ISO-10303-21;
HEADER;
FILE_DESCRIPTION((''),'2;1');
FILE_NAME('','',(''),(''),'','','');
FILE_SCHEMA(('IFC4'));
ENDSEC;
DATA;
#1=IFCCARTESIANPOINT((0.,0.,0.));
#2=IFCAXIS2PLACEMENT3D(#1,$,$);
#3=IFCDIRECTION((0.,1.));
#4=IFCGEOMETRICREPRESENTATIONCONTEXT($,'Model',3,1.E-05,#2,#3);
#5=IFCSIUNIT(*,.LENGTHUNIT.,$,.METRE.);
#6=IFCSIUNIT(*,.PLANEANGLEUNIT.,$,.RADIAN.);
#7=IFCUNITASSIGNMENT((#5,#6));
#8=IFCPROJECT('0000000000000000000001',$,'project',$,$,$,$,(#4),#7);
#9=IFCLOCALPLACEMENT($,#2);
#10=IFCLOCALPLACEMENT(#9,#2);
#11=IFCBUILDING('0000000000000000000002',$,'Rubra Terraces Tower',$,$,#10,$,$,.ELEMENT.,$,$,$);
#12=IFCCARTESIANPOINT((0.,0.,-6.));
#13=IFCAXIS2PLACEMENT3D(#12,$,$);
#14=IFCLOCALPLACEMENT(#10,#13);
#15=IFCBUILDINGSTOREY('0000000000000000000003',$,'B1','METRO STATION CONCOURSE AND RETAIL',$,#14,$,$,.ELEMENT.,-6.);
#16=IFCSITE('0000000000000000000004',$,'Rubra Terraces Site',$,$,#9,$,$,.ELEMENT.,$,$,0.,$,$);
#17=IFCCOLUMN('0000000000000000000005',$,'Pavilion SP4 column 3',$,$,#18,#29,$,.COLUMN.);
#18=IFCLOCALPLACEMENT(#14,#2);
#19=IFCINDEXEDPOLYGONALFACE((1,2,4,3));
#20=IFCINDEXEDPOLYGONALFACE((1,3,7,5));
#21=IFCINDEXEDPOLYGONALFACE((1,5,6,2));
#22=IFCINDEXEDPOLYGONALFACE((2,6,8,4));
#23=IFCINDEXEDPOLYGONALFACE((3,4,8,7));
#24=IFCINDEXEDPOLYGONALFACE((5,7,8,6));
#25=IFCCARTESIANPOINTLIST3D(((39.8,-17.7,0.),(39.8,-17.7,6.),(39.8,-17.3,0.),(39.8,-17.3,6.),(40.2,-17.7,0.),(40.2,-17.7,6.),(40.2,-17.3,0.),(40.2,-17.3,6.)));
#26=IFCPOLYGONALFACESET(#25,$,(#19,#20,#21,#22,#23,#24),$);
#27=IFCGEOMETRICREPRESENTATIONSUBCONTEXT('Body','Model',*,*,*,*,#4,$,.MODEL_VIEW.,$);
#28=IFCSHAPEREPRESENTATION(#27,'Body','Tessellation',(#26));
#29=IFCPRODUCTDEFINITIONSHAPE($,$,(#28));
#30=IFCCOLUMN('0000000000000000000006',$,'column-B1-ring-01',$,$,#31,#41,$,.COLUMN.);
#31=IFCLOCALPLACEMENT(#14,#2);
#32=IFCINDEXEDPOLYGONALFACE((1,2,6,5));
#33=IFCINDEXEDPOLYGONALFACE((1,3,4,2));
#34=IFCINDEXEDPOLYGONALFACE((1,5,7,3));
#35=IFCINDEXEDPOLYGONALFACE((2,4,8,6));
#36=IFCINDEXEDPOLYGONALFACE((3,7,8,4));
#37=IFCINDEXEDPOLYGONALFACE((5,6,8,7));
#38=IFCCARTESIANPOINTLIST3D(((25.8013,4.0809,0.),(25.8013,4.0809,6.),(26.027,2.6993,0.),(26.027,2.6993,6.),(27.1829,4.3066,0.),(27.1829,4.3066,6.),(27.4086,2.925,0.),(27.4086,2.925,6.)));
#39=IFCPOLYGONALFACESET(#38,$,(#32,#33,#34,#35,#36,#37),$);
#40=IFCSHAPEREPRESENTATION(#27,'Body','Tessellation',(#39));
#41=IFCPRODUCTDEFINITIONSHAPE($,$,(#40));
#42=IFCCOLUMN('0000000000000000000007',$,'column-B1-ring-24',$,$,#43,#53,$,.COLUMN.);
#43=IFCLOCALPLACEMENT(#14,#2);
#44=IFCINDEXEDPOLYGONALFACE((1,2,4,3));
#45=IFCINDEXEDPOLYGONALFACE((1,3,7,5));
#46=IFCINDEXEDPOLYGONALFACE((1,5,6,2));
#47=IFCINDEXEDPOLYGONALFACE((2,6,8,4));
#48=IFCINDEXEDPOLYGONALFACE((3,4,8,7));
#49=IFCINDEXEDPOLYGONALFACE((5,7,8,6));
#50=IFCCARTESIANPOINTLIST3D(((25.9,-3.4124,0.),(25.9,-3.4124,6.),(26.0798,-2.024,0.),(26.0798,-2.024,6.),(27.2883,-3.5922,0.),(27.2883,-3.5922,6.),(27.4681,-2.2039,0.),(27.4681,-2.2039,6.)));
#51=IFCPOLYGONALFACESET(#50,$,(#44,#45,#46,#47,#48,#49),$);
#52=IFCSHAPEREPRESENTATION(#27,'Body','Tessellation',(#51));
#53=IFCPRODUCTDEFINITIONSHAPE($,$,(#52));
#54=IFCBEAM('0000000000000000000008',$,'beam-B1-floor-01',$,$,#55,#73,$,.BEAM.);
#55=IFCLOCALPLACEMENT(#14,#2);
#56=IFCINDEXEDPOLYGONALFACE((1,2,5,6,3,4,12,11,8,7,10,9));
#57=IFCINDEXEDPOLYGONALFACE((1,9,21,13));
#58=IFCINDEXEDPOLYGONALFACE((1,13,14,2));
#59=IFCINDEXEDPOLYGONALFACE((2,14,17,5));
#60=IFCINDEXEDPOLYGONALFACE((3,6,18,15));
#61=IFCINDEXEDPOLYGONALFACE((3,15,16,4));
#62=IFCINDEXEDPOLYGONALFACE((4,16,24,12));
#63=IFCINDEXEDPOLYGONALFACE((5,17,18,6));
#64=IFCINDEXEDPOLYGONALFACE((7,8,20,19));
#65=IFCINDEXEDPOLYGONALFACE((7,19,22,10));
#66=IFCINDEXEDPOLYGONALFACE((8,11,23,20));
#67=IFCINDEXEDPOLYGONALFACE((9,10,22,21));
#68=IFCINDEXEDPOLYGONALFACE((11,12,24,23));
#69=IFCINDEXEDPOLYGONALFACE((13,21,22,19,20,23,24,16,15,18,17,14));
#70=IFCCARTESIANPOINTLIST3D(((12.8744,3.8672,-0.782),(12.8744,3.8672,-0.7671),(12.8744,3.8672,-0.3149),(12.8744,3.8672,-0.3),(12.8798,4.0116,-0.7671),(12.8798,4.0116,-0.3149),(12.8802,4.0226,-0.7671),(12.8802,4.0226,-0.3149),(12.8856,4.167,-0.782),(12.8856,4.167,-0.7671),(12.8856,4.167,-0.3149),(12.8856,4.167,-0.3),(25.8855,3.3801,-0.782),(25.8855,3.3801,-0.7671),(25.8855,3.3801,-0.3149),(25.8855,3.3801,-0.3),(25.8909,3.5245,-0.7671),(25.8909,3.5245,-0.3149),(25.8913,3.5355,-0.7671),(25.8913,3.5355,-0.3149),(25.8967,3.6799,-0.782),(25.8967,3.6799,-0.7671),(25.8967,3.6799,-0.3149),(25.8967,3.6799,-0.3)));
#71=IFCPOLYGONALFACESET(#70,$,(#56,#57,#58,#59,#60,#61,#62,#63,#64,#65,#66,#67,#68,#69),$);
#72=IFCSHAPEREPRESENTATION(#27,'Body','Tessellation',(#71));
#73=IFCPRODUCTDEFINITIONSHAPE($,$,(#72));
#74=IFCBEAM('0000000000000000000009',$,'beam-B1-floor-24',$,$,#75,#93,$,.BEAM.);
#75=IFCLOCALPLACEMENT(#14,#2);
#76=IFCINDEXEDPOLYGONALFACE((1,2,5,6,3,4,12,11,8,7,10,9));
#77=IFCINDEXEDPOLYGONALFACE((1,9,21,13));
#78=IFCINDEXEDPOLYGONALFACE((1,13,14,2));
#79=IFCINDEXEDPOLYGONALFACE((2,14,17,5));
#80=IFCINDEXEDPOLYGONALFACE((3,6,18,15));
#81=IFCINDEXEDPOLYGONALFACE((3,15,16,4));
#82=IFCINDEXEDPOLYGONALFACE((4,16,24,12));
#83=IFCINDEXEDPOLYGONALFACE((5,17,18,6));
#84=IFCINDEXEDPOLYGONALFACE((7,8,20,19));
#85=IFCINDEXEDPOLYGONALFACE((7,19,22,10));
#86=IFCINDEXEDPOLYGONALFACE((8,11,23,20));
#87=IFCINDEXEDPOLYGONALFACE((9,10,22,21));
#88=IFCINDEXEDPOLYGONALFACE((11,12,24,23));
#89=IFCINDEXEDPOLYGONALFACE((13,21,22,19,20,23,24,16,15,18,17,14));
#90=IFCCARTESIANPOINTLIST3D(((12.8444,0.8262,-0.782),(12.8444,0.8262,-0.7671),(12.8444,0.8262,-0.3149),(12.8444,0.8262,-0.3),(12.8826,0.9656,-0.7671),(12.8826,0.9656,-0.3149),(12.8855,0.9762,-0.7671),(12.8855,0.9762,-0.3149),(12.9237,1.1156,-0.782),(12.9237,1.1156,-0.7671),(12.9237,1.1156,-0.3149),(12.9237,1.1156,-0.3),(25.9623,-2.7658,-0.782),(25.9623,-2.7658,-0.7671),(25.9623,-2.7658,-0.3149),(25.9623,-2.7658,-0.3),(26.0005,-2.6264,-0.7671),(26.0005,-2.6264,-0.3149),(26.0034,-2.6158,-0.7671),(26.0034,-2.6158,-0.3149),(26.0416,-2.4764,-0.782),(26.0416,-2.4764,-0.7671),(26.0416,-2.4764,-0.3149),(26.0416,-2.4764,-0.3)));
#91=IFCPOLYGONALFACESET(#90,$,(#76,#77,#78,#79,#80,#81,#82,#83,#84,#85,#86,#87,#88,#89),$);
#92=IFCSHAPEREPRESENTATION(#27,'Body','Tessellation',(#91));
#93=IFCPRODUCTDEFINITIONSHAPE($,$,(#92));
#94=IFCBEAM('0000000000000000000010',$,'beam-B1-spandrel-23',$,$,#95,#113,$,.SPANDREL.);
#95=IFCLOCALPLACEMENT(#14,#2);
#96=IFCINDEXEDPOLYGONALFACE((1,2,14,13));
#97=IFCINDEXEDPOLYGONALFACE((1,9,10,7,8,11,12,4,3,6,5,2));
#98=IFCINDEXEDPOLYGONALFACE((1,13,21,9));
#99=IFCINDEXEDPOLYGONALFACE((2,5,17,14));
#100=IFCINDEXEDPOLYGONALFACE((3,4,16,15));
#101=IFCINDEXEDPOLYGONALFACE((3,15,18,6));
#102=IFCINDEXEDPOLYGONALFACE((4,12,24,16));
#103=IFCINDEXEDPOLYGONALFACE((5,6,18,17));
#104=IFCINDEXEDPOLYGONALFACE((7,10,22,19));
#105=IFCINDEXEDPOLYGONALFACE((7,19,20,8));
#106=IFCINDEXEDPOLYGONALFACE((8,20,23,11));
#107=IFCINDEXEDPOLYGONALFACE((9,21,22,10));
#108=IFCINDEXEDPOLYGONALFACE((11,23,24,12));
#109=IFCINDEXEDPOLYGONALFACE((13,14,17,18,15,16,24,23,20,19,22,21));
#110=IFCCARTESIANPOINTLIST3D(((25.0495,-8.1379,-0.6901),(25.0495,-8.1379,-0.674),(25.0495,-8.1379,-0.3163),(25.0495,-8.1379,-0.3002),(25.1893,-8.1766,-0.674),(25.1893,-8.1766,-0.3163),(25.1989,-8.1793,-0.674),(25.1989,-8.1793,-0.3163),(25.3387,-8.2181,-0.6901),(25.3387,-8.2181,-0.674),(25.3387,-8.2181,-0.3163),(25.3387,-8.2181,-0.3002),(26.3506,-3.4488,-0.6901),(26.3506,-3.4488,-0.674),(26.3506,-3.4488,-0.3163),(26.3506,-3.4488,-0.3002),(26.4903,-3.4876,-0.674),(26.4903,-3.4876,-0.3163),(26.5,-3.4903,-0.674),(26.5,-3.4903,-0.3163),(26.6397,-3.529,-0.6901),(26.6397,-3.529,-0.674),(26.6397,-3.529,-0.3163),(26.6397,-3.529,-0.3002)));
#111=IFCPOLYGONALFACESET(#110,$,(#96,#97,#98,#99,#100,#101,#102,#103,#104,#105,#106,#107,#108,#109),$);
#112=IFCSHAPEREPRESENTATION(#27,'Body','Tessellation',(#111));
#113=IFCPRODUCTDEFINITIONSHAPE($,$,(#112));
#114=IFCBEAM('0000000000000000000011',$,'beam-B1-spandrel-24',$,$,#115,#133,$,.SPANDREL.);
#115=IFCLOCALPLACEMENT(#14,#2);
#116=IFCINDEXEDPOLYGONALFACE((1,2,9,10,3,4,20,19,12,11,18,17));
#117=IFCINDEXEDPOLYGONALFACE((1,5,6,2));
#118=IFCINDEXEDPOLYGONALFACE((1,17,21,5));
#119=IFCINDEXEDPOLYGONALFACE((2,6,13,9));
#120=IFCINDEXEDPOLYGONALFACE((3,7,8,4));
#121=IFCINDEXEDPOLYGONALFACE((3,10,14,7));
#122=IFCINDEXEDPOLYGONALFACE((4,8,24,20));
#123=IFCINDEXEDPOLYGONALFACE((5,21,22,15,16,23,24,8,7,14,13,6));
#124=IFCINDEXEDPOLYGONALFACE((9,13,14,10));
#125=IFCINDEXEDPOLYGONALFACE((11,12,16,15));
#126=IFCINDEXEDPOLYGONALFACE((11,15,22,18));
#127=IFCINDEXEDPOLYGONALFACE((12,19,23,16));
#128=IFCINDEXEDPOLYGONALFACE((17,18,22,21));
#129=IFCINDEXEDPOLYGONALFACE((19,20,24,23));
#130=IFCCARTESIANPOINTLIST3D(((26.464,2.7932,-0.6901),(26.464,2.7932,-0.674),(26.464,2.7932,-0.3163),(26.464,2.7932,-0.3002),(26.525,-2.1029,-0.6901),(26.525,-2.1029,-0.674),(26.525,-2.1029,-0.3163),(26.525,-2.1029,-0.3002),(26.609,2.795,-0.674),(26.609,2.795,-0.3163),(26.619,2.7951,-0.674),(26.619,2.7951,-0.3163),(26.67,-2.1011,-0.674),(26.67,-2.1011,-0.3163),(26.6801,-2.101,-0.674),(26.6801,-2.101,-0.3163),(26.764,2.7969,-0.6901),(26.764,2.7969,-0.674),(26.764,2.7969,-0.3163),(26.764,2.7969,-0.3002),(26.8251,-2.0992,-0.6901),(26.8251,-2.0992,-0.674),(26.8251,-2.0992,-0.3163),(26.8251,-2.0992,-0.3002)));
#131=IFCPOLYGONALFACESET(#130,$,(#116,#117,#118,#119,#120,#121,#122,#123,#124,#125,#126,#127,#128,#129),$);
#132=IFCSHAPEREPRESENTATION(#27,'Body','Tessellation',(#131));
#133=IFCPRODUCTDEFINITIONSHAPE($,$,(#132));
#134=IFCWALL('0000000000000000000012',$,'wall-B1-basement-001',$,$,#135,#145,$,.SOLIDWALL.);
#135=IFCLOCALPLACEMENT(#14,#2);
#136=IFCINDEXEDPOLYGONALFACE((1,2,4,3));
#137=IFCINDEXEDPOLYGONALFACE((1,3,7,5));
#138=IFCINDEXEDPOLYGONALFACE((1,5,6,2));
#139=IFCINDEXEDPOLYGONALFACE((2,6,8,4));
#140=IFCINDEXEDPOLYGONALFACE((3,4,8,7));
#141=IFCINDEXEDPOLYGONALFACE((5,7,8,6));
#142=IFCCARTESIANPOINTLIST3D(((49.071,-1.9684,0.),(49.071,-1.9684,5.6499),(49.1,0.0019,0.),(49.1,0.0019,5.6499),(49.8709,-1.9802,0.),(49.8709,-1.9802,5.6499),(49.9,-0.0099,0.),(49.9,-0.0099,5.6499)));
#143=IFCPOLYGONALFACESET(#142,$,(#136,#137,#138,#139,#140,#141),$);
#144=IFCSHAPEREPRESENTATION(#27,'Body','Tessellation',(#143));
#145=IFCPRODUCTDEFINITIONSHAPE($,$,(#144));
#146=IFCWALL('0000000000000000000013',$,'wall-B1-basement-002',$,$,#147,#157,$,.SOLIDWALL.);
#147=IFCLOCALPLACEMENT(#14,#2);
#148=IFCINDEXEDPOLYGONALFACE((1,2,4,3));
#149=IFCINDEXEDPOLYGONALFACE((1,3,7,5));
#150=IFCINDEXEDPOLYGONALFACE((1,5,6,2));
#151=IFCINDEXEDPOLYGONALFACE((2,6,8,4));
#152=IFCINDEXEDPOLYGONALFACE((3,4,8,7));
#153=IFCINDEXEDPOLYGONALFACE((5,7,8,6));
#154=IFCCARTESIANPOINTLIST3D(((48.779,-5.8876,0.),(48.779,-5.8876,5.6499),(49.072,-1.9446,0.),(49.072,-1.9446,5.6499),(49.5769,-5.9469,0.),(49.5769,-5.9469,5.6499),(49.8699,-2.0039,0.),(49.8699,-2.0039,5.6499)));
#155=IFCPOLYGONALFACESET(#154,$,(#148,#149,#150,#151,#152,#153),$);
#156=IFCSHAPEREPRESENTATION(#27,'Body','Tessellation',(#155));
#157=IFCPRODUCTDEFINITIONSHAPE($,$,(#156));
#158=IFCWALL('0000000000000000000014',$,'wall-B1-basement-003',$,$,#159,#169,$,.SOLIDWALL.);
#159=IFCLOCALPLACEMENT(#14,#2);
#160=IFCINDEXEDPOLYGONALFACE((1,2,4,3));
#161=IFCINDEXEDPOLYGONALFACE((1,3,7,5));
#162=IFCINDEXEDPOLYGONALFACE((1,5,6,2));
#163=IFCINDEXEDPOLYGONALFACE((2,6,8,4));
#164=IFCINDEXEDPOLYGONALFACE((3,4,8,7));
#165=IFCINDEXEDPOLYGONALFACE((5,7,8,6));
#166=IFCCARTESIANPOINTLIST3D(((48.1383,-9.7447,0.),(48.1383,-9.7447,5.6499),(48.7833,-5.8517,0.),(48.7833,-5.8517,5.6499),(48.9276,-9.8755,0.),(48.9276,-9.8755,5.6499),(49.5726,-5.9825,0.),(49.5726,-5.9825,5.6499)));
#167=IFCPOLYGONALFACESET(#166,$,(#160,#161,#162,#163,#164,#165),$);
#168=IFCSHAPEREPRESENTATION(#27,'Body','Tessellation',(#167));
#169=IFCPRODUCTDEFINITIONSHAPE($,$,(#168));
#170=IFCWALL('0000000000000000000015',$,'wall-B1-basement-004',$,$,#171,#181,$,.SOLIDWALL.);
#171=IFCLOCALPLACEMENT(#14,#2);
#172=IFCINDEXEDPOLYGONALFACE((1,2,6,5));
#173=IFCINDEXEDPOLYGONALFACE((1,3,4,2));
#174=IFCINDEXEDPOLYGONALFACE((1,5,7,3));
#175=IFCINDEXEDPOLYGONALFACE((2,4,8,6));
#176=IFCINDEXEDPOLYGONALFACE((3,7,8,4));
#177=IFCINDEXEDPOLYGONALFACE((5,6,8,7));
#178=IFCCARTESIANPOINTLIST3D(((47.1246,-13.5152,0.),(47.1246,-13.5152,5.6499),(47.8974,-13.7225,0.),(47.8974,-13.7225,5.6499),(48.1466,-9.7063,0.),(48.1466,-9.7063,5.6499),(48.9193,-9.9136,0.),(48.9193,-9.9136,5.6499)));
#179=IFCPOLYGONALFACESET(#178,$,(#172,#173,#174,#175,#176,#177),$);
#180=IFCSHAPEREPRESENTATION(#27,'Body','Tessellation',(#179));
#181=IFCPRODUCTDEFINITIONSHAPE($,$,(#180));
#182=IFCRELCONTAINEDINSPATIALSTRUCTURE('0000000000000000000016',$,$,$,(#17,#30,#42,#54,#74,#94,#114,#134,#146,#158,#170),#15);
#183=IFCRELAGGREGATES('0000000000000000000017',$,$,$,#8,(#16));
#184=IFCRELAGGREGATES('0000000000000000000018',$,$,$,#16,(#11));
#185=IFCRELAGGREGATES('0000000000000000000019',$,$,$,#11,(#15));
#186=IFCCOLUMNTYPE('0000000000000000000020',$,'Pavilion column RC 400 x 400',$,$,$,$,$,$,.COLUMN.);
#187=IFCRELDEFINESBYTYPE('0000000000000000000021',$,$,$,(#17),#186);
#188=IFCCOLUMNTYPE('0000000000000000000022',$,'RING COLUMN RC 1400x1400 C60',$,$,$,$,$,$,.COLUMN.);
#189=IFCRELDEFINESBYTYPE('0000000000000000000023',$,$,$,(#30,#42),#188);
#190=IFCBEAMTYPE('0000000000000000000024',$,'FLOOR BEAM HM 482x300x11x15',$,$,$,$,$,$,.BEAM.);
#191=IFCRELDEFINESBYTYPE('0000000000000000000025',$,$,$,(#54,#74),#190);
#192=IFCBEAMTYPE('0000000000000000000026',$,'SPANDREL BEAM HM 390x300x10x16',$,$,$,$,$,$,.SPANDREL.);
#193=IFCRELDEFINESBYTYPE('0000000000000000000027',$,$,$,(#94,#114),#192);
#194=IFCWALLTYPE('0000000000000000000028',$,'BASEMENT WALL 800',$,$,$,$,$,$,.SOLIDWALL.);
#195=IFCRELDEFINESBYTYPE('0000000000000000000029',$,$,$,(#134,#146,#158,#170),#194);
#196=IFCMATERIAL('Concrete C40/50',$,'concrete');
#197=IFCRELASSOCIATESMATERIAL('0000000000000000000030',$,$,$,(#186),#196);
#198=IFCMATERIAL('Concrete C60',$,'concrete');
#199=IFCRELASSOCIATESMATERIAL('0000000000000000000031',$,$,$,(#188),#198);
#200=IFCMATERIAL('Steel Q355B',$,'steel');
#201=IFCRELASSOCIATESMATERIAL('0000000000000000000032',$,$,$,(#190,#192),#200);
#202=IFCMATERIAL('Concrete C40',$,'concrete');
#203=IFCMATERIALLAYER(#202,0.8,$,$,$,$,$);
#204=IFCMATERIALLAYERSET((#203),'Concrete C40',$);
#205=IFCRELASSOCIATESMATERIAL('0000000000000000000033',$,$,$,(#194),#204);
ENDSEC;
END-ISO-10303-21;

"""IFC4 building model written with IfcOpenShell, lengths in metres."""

from ifc_helpers import new_model, si_unit, direction, frame, frame_2d, origin, origin_2d, place, context, subcontext, project, spatial, rectangle, i_section, extrude, material, layer, layer_set, material_profile, profile_set, type_object, element, save


model = new_model("IFC4")

# Units and contexts
model_context = context("Model", 3, precision=1e-05, world=origin(), true_north=direction((0.0, 1.0)))
body_context = subcontext(model_context, "Body", "Model", "MODEL_VIEW")
ifc_project = project(units=[si_unit("LENGTHUNIT", "METRE"), si_unit("PLANEANGLEUNIT", "RADIAN")], contexts=[model_context])

# Site, building, storey
site_placement = place(None, origin())
site = spatial("IfcSite", under=ifc_project, at=site_placement, Name="Rubra Terraces Site", CompositionType="ELEMENT", RefElevation=0.0)
building_placement = place(site_placement, origin())
building = spatial("IfcBuilding", under=site, at=building_placement, Name="Rubra Terraces Tower", CompositionType="ELEMENT")
storey_placement = place(building_placement, frame((0.0, 0.0, -6.0)))
storey = spatial("IfcBuildingStorey", under=building, at=storey_placement, Name="B1", Description="METRO STATION CONCOURSE AND RETAIL", CompositionType="ELEMENT", Elevation=-6.0)

# Columns
ifc_material_1 = material(Name="Concrete C40/50", Category="concrete")
ifc_material_profile_1 = material_profile(ifc_material_1, rectangle(XDim=0.3999, YDim=0.3999, at=origin_2d()), Name="RC 400x400")
ifc_profile_set_1 = profile_set([ifc_material_profile_1], Name="Concrete C40/50")
column_type_1 = type_object("IfcColumnType", Name="Pavilion column RC 400 x 400", PredefinedType="COLUMN", material=ifc_profile_set_1)
column_placement = place(storey_placement, frame((40.0, -17.5, 0.0), z_axis=(0.0, 0.0, 1.0), x_axis=(1.0, 0.0, 0.0)))
element("IfcColumn", 1, at=column_placement, inside=storey, type_object=column_type_1, Name="Pavilion SP4 column 3", PredefinedType="COLUMN", context=body_context, shape_type="SweptSolid", body=[
    extrude(rectangle(XDim=0.3999, YDim=0.3999, at=origin_2d()), origin(), (0.0, 0.0, 1.0), 6.0),
])
ifc_material_2 = material(Name="Concrete C60", Category="concrete")
ifc_material_profile_2 = material_profile(ifc_material_2, rectangle(XDim=1.3999, YDim=1.3999, at=origin_2d()), Name="RC 1400x1400")
ifc_profile_set_2 = profile_set([ifc_material_profile_2], Name="Concrete C60")
column_type_2 = type_object("IfcColumnType", Name="RING COLUMN RC 1400x1400 C60", PredefinedType="COLUMN", material=ifc_profile_set_2)
for number, where, z_axis, x_axis, name in (
    (2, (26.605, 3.5029, 0.0), (0.0, 0.0, 1.0), (-0.161234, 0.986916, 0.0), "column-B1-ring-01"),
    (3, (26.6841, -2.8081, 0.0), (0.0, 0.0, 1.0), (0.128445, 0.991717, 0.0), "column-B1-ring-24"),
):
    element("IfcColumn", number, at=place(storey_placement, frame(where, z_axis=z_axis, x_axis=x_axis)), inside=storey, type_object=column_type_2, Name=name, PredefinedType="COLUMN", context=body_context, shape_type="SweptSolid", body=[
        extrude(rectangle(XDim=1.3999, YDim=1.3999, at=origin_2d()), origin(), (0.0, 0.0, 1.0), 6.0),
    ])

# Beams
ifc_material_3 = material(Name="Steel Q355B", Category="steel")
ifc_material_profile_3 = material_profile(ifc_material_3, i_section(OverallWidth=0.3, OverallDepth=0.4819, WebThickness=0.011, FlangeThickness=0.0149, at=origin_2d()), Name="HM 482x300x11x15")
ifc_profile_set_3 = profile_set([ifc_material_profile_3], Name="Steel Q355B")
beam_type_1 = type_object("IfcBeamType", Name="FLOOR BEAM HM 482x300x11x15", PredefinedType="BEAM", material=ifc_profile_set_3)
beam_1_placement = place(storey_placement, frame((25.8911, 3.53, -0.541), z_axis=(-0.9993, 0.037408, 0.0), x_axis=(-0.037408, -0.9993, 0.0)))
element("IfcBeam", 4, at=beam_1_placement, inside=storey, type_object=beam_type_1, Name="beam-B1-floor-01", PredefinedType="BEAM", context=body_context, shape_type="SweptSolid", body=[
    extrude(i_section(OverallWidth=0.3, OverallDepth=0.4819, WebThickness=0.011, FlangeThickness=0.0149, at=origin_2d()), origin(), (0.0, 0.0, 1.0), 13.0203),
])
beam_2_placement = place(storey_placement, frame((26.002, -2.6211, -0.541), z_axis=(-0.964494, 0.264105, 0.0), x_axis=(-0.264105, -0.964494, 0.0)))
element("IfcBeam", 5, at=beam_2_placement, inside=storey, type_object=beam_type_1, Name="beam-B1-floor-24", PredefinedType="BEAM", context=body_context, shape_type="SweptSolid", body=[
    extrude(i_section(OverallWidth=0.3, OverallDepth=0.4819, WebThickness=0.011, FlangeThickness=0.0149, at=origin_2d()), origin(), (0.0, 0.0, 1.0), 13.6008),
])
ifc_material_profile_4 = material_profile(ifc_material_3, i_section(OverallWidth=0.3, OverallDepth=0.3899, WebThickness=0.01, FlangeThickness=0.0161, at=origin_2d()), Name="HM 390x300x10x16")
ifc_profile_set_4 = profile_set([ifc_material_profile_4], Name="Steel Q355B")
beam_type_2 = type_object("IfcBeamType", Name="SPANDREL BEAM HM 390x300x10x16", PredefinedType="SPANDREL", material=ifc_profile_set_4)
beam_3_placement = place(storey_placement, frame((25.1941, -8.178, -0.4951), z_axis=(0.267364, 0.963595, 0.0), x_axis=(-0.963595, 0.267364, 0.0)))
element("IfcBeam", 6, at=beam_3_placement, inside=storey, type_object=beam_type_2, Name="beam-B1-spandrel-23", PredefinedType="SPANDREL", context=body_context, shape_type="SweptSolid", body=[
    extrude(i_section(OverallWidth=0.3, OverallDepth=0.3899, WebThickness=0.01, FlangeThickness=0.0161, at=origin_2d()), origin(), (0.0, 0.0, 1.0), 4.8662),
])
beam_4_placement = place(storey_placement, frame((26.675, -2.1011, -0.4951), z_axis=(-0.012465, 0.999922, 0.0), x_axis=(-0.999922, -0.012465, 0.0)))
element("IfcBeam", 7, at=beam_4_placement, inside=storey, type_object=beam_type_2, Name="beam-B1-spandrel-24", PredefinedType="SPANDREL", context=body_context, shape_type="SweptSolid", body=[
    extrude(i_section(OverallWidth=0.3, OverallDepth=0.3899, WebThickness=0.01, FlangeThickness=0.0161, at=origin_2d()), origin(), (0.0, 0.0, 1.0), 4.8965),
])

# Walls
ifc_material_4 = material(Name="Concrete C40", Category="concrete")
ifc_layer_1 = layer(ifc_material_4, 0.8)
ifc_layer_set_1 = layer_set([ifc_layer_1], Name="Concrete C40")
wall_type_1 = type_object("IfcWallType", Name="BASEMENT WALL 800", PredefinedType="SOLIDWALL", material=ifc_layer_set_1)
wall_1_placement = place(storey_placement, frame((49.5, -0.0039, 0.0), z_axis=(0.0, 0.0, 1.0), x_axis=(-0.014744, -0.999891, 0.0)))
element("IfcWall", 8, at=wall_1_placement, inside=storey, type_object=wall_type_1, Name="wall-B1-basement-001", PredefinedType="SOLIDWALL", context=body_context, shape_type="SweptSolid", body=[
    extrude(rectangle(XDim=1.9705, YDim=0.8, at=frame_2d((0.9854, 0.0))), origin(), (0.0, 0.0, 1.0), 5.6499),
])
wall_2_placement = place(storey_placement, frame((49.4709, -1.9741, 0.0), z_axis=(0.0, 0.0, 1.0), x_axis=(-0.074099, -0.997251, 0.0)))
element("IfcWall", 9, at=wall_2_placement, inside=storey, type_object=wall_type_1, Name="wall-B1-basement-002", PredefinedType="SOLIDWALL", context=body_context, shape_type="SweptSolid", body=[
    extrude(rectangle(XDim=3.9539, YDim=0.8, at=frame_2d((1.9771, 0.0))), origin(), (0.0, 0.0, 1.0), 5.6499),
])
wall_3_placement = place(storey_placement, frame((49.178, -5.917, 0.0), z_axis=(0.0, 0.0, 1.0), x_axis=(-0.163456, -0.986551, 0.0)))
element("IfcWall", 10, at=wall_3_placement, inside=storey, type_object=wall_type_1, Name="wall-B1-basement-003", PredefinedType="SOLIDWALL", context=body_context, shape_type="SweptSolid", body=[
    extrude(rectangle(XDim=3.946, YDim=0.8, at=frame_2d((1.9731, 0.0))), origin(), (0.0, 0.0, 1.0), 5.6499),
])
wall_4_placement = place(storey_placement, frame((48.533, -9.8101, 0.0), z_axis=(0.0, 0.0, 1.0), x_axis=(-0.25915, -0.965837, 0.0)))
element("IfcWall", 11, at=wall_4_placement, inside=storey, type_object=wall_type_1, Name="wall-B1-basement-004", PredefinedType="SOLIDWALL", context=body_context, shape_type="SweptSolid", body=[
    extrude(rectangle(XDim=3.9436, YDim=0.8, at=frame_2d((1.9717, 0.0))), origin(), (0.0, 0.0, 1.0), 5.6499),
])

save(model, "model.ifc")
